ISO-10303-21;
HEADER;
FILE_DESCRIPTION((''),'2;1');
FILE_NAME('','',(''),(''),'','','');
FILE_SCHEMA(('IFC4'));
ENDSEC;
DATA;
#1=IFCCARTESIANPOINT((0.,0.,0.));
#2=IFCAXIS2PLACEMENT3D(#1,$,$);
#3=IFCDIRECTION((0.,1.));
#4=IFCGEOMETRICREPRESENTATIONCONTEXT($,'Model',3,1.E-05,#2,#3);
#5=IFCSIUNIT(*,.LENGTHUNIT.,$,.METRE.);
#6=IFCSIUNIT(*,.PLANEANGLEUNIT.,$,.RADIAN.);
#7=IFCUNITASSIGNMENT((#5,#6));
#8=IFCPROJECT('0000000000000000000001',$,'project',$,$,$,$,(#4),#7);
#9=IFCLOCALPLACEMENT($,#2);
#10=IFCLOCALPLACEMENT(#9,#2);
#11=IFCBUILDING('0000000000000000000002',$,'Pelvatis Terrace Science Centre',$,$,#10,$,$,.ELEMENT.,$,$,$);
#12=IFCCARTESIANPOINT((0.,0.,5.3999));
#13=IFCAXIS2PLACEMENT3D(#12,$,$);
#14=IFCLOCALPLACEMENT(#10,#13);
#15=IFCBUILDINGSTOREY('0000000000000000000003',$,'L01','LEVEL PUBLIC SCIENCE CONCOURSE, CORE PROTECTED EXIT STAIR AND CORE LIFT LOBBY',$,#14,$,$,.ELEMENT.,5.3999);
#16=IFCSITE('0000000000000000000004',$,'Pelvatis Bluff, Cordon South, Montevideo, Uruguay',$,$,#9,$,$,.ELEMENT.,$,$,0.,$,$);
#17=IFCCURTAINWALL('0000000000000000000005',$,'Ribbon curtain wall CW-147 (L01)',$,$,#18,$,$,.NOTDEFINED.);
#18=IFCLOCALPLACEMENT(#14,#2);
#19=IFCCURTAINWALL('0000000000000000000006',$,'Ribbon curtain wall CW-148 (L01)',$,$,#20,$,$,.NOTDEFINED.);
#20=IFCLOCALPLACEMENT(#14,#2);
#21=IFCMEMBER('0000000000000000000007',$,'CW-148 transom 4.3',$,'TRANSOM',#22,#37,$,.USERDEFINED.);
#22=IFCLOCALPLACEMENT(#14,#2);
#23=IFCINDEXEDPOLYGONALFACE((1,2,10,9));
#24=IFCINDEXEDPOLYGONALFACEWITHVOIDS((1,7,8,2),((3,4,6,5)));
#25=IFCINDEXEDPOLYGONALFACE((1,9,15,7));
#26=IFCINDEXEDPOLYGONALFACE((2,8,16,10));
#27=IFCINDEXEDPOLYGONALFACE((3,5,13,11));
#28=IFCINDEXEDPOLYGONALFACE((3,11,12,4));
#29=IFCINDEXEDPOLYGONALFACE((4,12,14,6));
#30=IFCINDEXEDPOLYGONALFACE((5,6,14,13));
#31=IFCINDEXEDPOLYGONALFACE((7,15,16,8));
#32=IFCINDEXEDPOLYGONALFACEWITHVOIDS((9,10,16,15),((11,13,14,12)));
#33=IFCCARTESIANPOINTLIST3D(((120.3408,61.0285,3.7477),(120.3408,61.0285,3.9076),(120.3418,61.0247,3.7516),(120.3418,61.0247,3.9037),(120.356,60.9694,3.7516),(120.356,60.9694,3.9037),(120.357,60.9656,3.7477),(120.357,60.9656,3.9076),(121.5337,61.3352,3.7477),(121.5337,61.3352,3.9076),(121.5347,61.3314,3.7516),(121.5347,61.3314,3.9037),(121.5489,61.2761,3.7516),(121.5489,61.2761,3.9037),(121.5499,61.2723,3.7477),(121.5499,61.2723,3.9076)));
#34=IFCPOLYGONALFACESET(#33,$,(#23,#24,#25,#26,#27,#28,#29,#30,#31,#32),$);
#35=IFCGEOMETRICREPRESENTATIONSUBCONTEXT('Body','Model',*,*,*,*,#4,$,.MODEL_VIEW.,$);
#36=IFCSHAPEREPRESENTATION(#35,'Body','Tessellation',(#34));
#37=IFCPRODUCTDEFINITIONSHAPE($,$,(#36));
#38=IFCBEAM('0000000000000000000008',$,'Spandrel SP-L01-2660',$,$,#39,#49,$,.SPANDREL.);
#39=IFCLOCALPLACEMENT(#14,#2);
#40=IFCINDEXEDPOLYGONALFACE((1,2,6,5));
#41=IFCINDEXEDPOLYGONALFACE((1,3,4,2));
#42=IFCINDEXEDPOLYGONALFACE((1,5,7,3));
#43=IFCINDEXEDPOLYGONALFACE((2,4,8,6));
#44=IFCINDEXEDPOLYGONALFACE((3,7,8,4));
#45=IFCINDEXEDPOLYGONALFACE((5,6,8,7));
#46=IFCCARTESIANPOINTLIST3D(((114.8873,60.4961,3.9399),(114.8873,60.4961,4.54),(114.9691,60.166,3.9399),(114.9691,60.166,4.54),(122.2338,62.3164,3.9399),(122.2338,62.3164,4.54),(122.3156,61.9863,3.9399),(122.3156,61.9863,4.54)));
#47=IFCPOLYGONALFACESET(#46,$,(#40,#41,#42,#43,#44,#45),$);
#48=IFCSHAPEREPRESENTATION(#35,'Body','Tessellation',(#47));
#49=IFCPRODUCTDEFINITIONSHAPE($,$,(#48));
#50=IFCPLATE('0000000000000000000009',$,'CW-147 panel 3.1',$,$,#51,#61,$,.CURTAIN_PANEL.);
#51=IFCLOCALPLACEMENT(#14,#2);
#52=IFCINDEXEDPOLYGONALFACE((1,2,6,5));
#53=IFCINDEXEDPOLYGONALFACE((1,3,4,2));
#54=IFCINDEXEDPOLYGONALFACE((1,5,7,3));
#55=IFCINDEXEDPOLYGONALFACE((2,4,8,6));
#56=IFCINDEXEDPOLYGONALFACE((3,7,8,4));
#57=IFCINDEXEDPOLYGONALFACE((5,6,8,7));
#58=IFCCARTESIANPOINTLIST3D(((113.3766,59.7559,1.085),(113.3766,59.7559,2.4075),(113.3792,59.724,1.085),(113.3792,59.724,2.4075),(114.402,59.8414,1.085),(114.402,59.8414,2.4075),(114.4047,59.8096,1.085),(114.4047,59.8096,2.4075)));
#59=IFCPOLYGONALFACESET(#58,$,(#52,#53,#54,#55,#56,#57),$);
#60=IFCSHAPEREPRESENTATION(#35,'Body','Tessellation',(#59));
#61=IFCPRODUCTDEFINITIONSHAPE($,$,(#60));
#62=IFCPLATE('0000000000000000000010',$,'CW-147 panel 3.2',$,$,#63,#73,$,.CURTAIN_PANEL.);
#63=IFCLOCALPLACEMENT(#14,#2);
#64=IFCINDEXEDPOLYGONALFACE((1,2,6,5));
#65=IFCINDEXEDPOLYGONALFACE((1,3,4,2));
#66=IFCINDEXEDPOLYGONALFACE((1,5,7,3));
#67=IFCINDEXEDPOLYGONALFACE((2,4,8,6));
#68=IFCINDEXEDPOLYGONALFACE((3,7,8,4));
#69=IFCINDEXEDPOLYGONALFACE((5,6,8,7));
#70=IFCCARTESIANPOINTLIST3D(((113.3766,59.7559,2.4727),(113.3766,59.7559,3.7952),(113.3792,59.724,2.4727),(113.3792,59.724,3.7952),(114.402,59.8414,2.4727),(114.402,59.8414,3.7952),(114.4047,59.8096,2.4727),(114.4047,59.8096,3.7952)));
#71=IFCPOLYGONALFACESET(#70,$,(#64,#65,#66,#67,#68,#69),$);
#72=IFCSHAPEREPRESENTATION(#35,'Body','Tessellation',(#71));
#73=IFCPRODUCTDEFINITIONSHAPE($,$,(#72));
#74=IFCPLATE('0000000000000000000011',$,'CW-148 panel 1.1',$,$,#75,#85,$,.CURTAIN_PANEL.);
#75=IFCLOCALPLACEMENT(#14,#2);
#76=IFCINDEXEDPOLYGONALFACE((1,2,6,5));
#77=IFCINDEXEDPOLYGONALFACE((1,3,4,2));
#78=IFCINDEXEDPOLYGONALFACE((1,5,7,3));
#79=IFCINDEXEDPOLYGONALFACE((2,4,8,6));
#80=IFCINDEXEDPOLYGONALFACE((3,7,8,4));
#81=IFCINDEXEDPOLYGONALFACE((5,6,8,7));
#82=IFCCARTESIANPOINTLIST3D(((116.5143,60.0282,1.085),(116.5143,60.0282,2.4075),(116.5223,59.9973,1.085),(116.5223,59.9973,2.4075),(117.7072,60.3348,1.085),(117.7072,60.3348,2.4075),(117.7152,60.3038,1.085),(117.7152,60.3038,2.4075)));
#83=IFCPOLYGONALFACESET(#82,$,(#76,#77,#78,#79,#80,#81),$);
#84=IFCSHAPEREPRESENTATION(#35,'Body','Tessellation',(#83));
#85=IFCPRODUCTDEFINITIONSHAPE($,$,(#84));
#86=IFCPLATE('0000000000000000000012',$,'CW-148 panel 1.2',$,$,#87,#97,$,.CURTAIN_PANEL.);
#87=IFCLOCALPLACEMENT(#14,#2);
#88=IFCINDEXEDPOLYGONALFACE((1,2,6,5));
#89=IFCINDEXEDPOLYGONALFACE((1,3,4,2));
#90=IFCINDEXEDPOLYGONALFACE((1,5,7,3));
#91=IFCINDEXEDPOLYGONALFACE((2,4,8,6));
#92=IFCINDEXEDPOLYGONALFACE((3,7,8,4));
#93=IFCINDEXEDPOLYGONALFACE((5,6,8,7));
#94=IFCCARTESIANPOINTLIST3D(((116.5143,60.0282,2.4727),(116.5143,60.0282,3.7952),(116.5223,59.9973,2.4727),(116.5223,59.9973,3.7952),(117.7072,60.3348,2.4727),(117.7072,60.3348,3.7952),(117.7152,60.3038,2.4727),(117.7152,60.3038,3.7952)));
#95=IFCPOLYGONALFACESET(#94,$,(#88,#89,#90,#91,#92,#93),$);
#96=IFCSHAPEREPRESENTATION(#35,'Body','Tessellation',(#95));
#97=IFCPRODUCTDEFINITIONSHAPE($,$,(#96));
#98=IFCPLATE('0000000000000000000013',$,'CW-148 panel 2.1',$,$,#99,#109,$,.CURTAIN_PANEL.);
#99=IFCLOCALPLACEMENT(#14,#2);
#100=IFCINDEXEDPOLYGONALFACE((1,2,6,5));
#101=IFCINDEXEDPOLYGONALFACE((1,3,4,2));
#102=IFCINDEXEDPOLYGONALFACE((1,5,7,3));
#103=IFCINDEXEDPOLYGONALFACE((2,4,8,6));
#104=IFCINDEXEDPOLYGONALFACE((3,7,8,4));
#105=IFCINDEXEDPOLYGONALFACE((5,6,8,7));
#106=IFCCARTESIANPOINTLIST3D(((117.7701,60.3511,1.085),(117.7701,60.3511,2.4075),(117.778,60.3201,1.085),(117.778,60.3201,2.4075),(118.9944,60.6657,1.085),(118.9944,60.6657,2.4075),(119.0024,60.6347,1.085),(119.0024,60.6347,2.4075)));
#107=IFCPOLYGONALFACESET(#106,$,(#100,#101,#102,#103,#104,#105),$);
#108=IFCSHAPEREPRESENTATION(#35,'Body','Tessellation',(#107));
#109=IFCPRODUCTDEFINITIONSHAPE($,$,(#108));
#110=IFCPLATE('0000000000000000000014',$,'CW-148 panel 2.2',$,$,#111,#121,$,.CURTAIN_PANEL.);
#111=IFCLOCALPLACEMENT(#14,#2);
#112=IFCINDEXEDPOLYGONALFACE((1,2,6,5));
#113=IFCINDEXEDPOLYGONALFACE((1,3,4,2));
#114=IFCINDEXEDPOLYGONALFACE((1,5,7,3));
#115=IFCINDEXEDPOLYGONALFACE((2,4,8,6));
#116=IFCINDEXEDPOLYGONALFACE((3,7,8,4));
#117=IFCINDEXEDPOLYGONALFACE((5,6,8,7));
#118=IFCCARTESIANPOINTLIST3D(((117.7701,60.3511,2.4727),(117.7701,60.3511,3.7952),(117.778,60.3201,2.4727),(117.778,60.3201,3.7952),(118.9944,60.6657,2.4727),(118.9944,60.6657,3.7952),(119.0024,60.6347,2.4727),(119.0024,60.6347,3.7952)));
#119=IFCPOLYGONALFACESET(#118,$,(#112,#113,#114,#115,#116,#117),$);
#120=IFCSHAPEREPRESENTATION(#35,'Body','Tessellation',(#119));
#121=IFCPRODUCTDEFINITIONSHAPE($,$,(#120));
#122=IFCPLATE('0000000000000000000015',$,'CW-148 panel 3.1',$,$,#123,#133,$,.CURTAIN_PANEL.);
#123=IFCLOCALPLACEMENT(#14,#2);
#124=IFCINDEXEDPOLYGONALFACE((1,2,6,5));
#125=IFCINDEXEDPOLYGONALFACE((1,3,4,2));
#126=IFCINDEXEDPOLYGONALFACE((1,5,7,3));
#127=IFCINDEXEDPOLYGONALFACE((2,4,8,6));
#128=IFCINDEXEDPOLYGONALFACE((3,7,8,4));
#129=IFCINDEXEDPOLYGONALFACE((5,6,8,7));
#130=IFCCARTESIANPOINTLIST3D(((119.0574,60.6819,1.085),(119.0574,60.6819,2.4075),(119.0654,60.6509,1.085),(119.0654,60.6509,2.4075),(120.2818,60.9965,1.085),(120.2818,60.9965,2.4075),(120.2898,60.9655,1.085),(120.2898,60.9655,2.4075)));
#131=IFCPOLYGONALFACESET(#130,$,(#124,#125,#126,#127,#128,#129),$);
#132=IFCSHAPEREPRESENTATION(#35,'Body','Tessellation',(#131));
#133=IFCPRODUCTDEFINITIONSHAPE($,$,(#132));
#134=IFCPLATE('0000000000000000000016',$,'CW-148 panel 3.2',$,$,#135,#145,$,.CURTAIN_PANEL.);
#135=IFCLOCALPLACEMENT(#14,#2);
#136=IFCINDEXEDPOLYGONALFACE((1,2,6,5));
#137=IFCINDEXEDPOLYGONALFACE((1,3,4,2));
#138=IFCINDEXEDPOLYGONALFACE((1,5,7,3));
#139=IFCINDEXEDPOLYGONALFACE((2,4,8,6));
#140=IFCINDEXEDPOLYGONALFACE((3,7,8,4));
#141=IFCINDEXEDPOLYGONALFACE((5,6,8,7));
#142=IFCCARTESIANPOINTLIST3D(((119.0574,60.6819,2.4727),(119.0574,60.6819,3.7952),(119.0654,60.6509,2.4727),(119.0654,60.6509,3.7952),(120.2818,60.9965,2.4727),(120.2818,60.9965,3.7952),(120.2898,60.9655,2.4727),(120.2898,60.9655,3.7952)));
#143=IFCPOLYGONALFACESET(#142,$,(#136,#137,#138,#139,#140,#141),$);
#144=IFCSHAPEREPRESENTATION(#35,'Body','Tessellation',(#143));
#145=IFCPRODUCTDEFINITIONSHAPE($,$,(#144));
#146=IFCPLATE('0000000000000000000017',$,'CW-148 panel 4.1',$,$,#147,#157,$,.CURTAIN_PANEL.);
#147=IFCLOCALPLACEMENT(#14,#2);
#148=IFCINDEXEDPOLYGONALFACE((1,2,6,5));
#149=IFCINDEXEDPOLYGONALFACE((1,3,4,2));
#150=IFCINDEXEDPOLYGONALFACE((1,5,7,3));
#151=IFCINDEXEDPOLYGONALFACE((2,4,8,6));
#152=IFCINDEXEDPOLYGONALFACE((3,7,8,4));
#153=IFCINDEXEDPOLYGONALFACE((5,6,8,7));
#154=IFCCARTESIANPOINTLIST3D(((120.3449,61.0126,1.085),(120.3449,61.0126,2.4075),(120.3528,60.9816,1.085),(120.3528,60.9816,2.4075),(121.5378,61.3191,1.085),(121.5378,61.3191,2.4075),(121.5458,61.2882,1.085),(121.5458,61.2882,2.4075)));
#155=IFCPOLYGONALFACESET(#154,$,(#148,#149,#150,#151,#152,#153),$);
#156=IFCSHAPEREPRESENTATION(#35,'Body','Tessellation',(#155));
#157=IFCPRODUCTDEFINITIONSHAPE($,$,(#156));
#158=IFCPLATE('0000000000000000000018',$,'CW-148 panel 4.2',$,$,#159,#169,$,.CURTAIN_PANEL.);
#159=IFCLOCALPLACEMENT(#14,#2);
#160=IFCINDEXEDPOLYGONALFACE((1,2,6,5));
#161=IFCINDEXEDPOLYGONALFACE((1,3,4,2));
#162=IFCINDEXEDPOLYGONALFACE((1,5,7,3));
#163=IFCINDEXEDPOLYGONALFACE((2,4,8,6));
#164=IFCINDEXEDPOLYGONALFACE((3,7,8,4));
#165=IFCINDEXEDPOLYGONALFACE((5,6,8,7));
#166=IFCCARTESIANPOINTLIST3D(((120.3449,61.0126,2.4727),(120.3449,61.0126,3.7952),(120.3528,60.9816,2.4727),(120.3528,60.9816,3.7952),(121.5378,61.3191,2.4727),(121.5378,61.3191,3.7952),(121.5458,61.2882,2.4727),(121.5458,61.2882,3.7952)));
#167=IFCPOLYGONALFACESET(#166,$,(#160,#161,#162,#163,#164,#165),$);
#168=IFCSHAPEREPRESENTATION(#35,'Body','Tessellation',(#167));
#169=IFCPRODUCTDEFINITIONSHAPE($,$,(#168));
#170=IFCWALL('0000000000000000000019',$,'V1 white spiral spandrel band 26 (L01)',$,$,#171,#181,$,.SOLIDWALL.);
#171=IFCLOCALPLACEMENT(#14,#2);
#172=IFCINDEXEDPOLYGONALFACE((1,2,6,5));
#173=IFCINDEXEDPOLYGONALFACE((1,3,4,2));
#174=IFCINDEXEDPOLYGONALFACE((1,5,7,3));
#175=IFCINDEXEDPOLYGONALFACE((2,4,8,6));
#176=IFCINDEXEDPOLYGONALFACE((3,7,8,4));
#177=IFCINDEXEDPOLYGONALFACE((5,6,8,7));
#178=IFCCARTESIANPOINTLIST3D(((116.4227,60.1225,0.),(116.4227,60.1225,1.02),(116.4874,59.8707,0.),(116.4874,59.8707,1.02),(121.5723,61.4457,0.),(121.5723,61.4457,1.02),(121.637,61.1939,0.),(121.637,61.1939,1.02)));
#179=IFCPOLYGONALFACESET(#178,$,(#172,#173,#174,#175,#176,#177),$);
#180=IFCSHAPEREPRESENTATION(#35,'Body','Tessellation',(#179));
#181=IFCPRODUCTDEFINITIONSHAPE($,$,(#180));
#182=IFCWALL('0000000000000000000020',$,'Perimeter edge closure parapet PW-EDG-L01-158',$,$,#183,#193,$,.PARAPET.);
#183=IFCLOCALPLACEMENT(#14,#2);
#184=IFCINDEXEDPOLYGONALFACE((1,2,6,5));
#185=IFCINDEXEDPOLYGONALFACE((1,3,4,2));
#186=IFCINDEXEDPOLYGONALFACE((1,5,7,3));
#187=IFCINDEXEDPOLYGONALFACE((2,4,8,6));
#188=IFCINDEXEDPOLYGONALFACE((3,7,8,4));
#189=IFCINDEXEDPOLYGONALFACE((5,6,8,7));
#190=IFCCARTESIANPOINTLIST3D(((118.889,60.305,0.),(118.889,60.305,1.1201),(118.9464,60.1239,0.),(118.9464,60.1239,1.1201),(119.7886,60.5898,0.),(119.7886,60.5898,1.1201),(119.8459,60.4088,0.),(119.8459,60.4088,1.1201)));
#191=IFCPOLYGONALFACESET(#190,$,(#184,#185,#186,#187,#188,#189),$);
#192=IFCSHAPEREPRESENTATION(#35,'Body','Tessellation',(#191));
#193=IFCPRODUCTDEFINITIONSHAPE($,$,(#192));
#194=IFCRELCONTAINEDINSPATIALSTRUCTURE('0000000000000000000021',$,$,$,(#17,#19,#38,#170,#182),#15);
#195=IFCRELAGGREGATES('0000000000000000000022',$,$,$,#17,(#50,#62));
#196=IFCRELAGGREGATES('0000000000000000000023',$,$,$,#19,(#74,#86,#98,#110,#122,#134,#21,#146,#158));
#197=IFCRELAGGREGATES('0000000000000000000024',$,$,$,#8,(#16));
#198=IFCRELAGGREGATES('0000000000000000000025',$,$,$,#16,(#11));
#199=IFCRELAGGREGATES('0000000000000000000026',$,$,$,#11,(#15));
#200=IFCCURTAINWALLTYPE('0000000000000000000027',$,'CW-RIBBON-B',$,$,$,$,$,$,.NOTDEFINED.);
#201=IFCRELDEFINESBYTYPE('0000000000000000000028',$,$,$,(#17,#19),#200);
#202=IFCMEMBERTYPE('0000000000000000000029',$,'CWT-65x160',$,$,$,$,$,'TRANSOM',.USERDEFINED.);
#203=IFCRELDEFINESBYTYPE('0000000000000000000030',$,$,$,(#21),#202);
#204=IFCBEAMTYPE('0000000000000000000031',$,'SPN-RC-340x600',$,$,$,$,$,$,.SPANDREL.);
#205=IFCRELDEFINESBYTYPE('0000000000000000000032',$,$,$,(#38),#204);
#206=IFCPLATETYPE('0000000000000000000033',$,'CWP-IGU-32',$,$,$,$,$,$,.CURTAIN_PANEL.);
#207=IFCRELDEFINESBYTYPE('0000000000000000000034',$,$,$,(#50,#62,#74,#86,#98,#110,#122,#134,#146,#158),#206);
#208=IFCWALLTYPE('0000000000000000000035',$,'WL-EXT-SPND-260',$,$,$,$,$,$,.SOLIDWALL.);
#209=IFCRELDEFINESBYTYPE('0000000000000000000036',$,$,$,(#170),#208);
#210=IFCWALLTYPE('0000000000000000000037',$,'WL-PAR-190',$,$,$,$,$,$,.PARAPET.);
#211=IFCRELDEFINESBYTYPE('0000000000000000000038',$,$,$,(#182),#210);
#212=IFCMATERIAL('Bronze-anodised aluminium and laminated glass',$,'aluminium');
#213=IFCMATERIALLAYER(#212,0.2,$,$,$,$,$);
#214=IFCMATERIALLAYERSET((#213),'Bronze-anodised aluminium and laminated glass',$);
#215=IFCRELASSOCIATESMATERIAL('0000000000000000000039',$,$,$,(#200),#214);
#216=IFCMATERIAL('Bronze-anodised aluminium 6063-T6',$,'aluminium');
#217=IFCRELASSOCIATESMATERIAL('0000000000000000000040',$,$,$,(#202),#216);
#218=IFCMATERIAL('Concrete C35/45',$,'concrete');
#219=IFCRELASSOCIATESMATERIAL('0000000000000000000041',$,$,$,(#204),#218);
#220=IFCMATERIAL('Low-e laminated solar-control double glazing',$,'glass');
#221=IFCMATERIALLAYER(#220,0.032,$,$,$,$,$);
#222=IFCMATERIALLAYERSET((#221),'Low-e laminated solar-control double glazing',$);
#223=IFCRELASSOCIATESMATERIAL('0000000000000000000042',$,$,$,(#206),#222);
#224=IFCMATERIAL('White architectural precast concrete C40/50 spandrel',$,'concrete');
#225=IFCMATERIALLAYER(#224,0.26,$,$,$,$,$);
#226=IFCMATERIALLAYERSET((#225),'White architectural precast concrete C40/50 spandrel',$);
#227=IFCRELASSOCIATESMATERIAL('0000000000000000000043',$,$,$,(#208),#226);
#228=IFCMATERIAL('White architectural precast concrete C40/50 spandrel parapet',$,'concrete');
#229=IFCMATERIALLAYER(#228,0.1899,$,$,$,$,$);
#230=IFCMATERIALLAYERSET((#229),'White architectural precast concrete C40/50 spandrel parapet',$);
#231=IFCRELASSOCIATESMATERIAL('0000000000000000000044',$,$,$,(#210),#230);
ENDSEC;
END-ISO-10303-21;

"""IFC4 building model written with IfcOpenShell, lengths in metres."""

from ifc_helpers import new_model, si_unit, direction, frame, frame_2d, origin, origin_2d, place, context, subcontext, project, spatial, rectangle, hollow_rectangle, extrude, material, layer, layer_set, material_profile, profile_set, type_object, element, aggregate, save


model = new_model("IFC4")

# Units and contexts
model_context = context("Model", 3, precision=1e-05, world=origin(), true_north=direction((0.0, 1.0)))
body_context = subcontext(model_context, "Body", "Model", "MODEL_VIEW")
ifc_project = project(units=[si_unit("LENGTHUNIT", "METRE"), si_unit("PLANEANGLEUNIT", "RADIAN")], contexts=[model_context])

# Site, building, storey
site_placement = place(None, origin())
site = spatial("IfcSite", under=ifc_project, at=site_placement, Name="Pelvatis Bluff, Cordon South, Montevideo, Uruguay", CompositionType="ELEMENT", RefElevation=0.0)
building_placement = place(site_placement, origin())
building = spatial("IfcBuilding", under=site, at=building_placement, Name="Pelvatis Terrace Science Centre", CompositionType="ELEMENT")
storey_placement = place(building_placement, frame((0.0, 0.0, 5.3999)))
storey = spatial("IfcBuildingStorey", under=building, at=storey_placement, Name="L01", Description="LEVEL PUBLIC SCIENCE CONCOURSE, CORE PROTECTED EXIT STAIR AND CORE LIFT LOBBY", CompositionType="ELEMENT", Elevation=5.3999)

# Curtain wall
ifc_material_1 = material(Name="Bronze-anodised aluminium and laminated glass", Category="aluminium")
ifc_layer_1 = layer(ifc_material_1, 0.2)
ifc_layer_set_1 = layer_set([ifc_layer_1], Name="Bronze-anodised aluminium and laminated glass")
curtain_wall_type = type_object("IfcCurtainWallType", Name="CW-RIBBON-B", PredefinedType="NOTDEFINED", material=ifc_layer_set_1)
curtain_wall_1_placement = place(storey_placement, origin())
curtain_wall_1 = element("IfcCurtainWall", 1, at=curtain_wall_1_placement, inside=storey, type_object=curtain_wall_type, Name="Ribbon curtain wall CW-147 (L01)", PredefinedType="NOTDEFINED")

# Curtain wall
curtain_wall_2_placement = place(storey_placement, origin())
curtain_wall_2 = element("IfcCurtainWall", 2, at=curtain_wall_2_placement, inside=storey, type_object=curtain_wall_type, Name="Ribbon curtain wall CW-148 (L01)", PredefinedType="NOTDEFINED")

# Member
ifc_material_2 = material(Name="Bronze-anodised aluminium 6063-T6", Category="aluminium")
ifc_material_profile_1 = material_profile(ifc_material_2, hollow_rectangle(XDim=0.0649, YDim=0.1599, WallThickness=0.0039, at=origin_2d()), Name="ALU-TRN 65x160")
ifc_profile_set_1 = profile_set([ifc_material_profile_1], Name="Bronze-anodised aluminium 6063-T6")
member_type_1 = type_object("IfcMemberType", Name="CWT-65x160", ElementType="TRANSOM", PredefinedType="USERDEFINED", material=ifc_profile_set_1)
member_1_placement = place(storey_placement, frame((120.3489, 60.9971, 3.8276), z_axis=(0.968512, 0.248967, 0.0), x_axis=(-0.248967, 0.968512, 0.0)))
member_1 = element("IfcMember", 3, at=member_1_placement, type_object=member_type_1, Name="CW-148 transom 4.3", ObjectType="TRANSOM", PredefinedType="USERDEFINED", context=body_context, shape_type="SweptSolid", body=[
    extrude(hollow_rectangle(XDim=0.0649, YDim=0.1599, WallThickness=0.0039, at=origin_2d()), origin(), (0.0, 0.0, 1.0), 1.2317),
])

# Beam
ifc_material_3 = material(Name="Concrete C35/45", Category="concrete")
ifc_material_profile_2 = material_profile(ifc_material_3, rectangle(XDim=0.3401, YDim=0.6001, at=origin_2d()), Name="RC-SPN 340x600")
ifc_profile_set_2 = profile_set([ifc_material_profile_2], Name="Concrete C35/45")
beam_type_1 = type_object("IfcBeamType", Name="SPN-RC-340x600", PredefinedType="SPANDREL", material=ifc_profile_set_2)
beam_1_placement = place(storey_placement, frame((114.9282, 60.3311, 4.24), z_axis=(0.970647, 0.240509, 0.0), x_axis=(-0.240509, 0.970647, 0.0)))
element("IfcBeam", 4, at=beam_1_placement, inside=storey, type_object=beam_type_1, Name="Spandrel SP-L01-2660", PredefinedType="SPANDREL", context=body_context, shape_type="SweptSolid", body=[
    extrude(rectangle(XDim=0.3401, YDim=0.6001, at=origin_2d()), origin(), (0.0, 0.0, 1.0), 7.5686),
])

# Plates
ifc_material_4 = material(Name="Low-e laminated solar-control double glazing", Category="glass")
ifc_layer_2 = layer(ifc_material_4, 0.032)
ifc_layer_set_2 = layer_set([ifc_layer_2], Name="Low-e laminated solar-control double glazing")
plate_type = type_object("IfcPlateType", Name="CWP-IGU-32", PredefinedType="CURTAIN_PANEL", material=ifc_layer_set_2)
plate_1_placement = place(storey_placement, frame((113.8906, 59.7827, 1.085), z_axis=(0.0, 0.0, 1.0), x_axis=(0.996538, 0.083136, 0.0)))
plate_1 = element("IfcPlate", 5, at=plate_1_placement, type_object=plate_type, Name="CW-147 panel 3.1", PredefinedType="CURTAIN_PANEL", context=body_context, shape_type="SweptSolid", body=[
    extrude(rectangle(XDim=1.0291, YDim=0.032, at=origin_2d()), origin(), (0.0, 0.0, 1.0), 1.3225),
])
plate_2_placement = place(storey_placement, frame((113.8906, 59.7827, 2.4727), z_axis=(0.0, 0.0, 1.0), x_axis=(0.996538, 0.083136, 0.0)))
plate_2 = element("IfcPlate", 6, at=plate_2_placement, type_object=plate_type, Name="CW-147 panel 3.2", PredefinedType="CURTAIN_PANEL", context=body_context, shape_type="SweptSolid", body=[
    extrude(rectangle(XDim=1.0291, YDim=0.032, at=origin_2d()), origin(), (0.0, 0.0, 1.0), 1.3225),
])
aggregate(curtain_wall_1, [plate_1, plate_2])
plate_3_placement = place(storey_placement, frame((117.1147, 60.166, 1.085), z_axis=(0.0, 0.0, 1.0), x_axis=(0.968541, 0.248855, 0.0)))
plate_3 = element("IfcPlate", 7, at=plate_3_placement, type_object=plate_type, Name="CW-148 panel 1.1", PredefinedType="CURTAIN_PANEL", context=body_context, shape_type="SweptSolid", body=[
    extrude(rectangle(XDim=1.2317, YDim=0.032, at=origin_2d()), origin(), (0.0, 0.0, 1.0), 1.3225),
])
plate_4_placement = place(storey_placement, frame((117.1147, 60.166, 2.4727), z_axis=(0.0, 0.0, 1.0), x_axis=(0.968541, 0.248855, 0.0)))
plate_4 = element("IfcPlate", 8, at=plate_4_placement, type_object=plate_type, Name="CW-148 panel 1.2", PredefinedType="CURTAIN_PANEL", context=body_context, shape_type="SweptSolid", body=[
    extrude(rectangle(XDim=1.2317, YDim=0.032, at=origin_2d()), origin(), (0.0, 0.0, 1.0), 1.3225),
])
plate_5_placement = place(storey_placement, frame((118.3862, 60.4929, 1.085), z_axis=(0.0, 0.0, 1.0), x_axis=(0.968541, 0.248855, 0.0)))
plate_5 = element("IfcPlate", 9, at=plate_5_placement, type_object=plate_type, Name="CW-148 panel 2.1", PredefinedType="CURTAIN_PANEL", context=body_context, shape_type="SweptSolid", body=[
    extrude(rectangle(XDim=1.2642, YDim=0.032, at=origin_2d()), origin(), (0.0, 0.0, 1.0), 1.3225),
])
plate_6_placement = place(storey_placement, frame((118.3862, 60.4929, 2.4727), z_axis=(0.0, 0.0, 1.0), x_axis=(0.968541, 0.248855, 0.0)))
plate_6 = element("IfcPlate", 10, at=plate_6_placement, type_object=plate_type, Name="CW-148 panel 2.2", PredefinedType="CURTAIN_PANEL", context=body_context, shape_type="SweptSolid", body=[
    extrude(rectangle(XDim=1.2642, YDim=0.032, at=origin_2d()), origin(), (0.0, 0.0, 1.0), 1.3225),
])
plate_7_placement = place(storey_placement, frame((119.6736, 60.8237, 1.085), z_axis=(0.0, 0.0, 1.0), x_axis=(0.968541, 0.248855, 0.0)))
plate_7 = element("IfcPlate", 11, at=plate_7_placement, type_object=plate_type, Name="CW-148 panel 3.1", PredefinedType="CURTAIN_PANEL", context=body_context, shape_type="SweptSolid", body=[
    extrude(rectangle(XDim=1.2642, YDim=0.032, at=origin_2d()), origin(), (0.0, 0.0, 1.0), 1.3225),
])
plate_8_placement = place(storey_placement, frame((119.6736, 60.8237, 2.4727), z_axis=(0.0, 0.0, 1.0), x_axis=(0.968541, 0.248855, 0.0)))
plate_8 = element("IfcPlate", 12, at=plate_8_placement, type_object=plate_type, Name="CW-148 panel 3.2", PredefinedType="CURTAIN_PANEL", context=body_context, shape_type="SweptSolid", body=[
    extrude(rectangle(XDim=1.2642, YDim=0.032, at=origin_2d()), origin(), (0.0, 0.0, 1.0), 1.3225),
])
plate_9_placement = place(storey_placement, frame((120.9453, 61.1504, 1.085), z_axis=(0.0, 0.0, 1.0), x_axis=(0.968541, 0.248855, 0.0)))
plate_9 = element("IfcPlate", 13, at=plate_9_placement, type_object=plate_type, Name="CW-148 panel 4.1", PredefinedType="CURTAIN_PANEL", context=body_context, shape_type="SweptSolid", body=[
    extrude(rectangle(XDim=1.2317, YDim=0.032, at=origin_2d()), origin(), (0.0, 0.0, 1.0), 1.3225),
])
plate_10_placement = place(storey_placement, frame((120.9453, 61.1504, 2.4727), z_axis=(0.0, 0.0, 1.0), x_axis=(0.968541, 0.248855, 0.0)))
plate_10 = element("IfcPlate", 14, at=plate_10_placement, type_object=plate_type, Name="CW-148 panel 4.2", PredefinedType="CURTAIN_PANEL", context=body_context, shape_type="SweptSolid", body=[
    extrude(rectangle(XDim=1.2317, YDim=0.032, at=origin_2d()), origin(), (0.0, 0.0, 1.0), 1.3225),
])
aggregate(curtain_wall_2, [plate_3, plate_4, plate_5, plate_6, plate_7, plate_8, member_1, plate_9, plate_10])

# Walls
ifc_material_5 = material(Name="White architectural precast concrete C40/50 spandrel", Category="concrete")
ifc_layer_3 = layer(ifc_material_5, 0.26)
ifc_layer_set_3 = layer_set([ifc_layer_3], Name="White architectural precast concrete C40/50 spandrel")
wall_type_1 = type_object("IfcWallType", Name="WL-EXT-SPND-260", PredefinedType="SOLIDWALL", material=ifc_layer_set_3)
wall_1_placement = place(storey_placement, frame((116.4551, 59.9966, 0.0), z_axis=(0.0, 0.0, 1.0), x_axis=(0.968536, 0.248872, 0.0)))
element("IfcWall", 15, at=wall_1_placement, inside=storey, type_object=wall_type_1, Name="V1 white spiral spandrel band 26 (L01)", PredefinedType="SOLIDWALL", context=body_context, shape_type="SweptSolid", body=[
    extrude(rectangle(XDim=5.3169, YDim=0.26, at=frame_2d((2.6584, 0.0))), origin(), (0.0, 0.0, 1.0), 1.02),
])
ifc_material_6 = material(Name="White architectural precast concrete C40/50 spandrel parapet", Category="concrete")
ifc_layer_4 = layer(ifc_material_6, 0.1899)
ifc_layer_set_4 = layer_set([ifc_layer_4], Name="White architectural precast concrete C40/50 spandrel parapet")
wall_type_2 = type_object("IfcWallType", Name="WL-PAR-190", PredefinedType="PARAPET", material=ifc_layer_set_4)
wall_2_placement = place(storey_placement, frame((119.8171, 60.4993, 0.0), z_axis=(0.0, 0.0, 1.0), x_axis=(-0.953336, -0.301911, 0.0)))
element("IfcWall", 16, at=wall_2_placement, inside=storey, type_object=wall_type_2, Name="Perimeter edge closure parapet PW-EDG-L01-158", PredefinedType="PARAPET", context=body_context, shape_type="SweptSolid", body=[
    extrude(rectangle(XDim=0.9436, YDim=0.1899, at=frame_2d((0.4717, 0.0))), origin(), (0.0, 0.0, 1.0), 1.1201),
])

save(model, "model.ifc")
